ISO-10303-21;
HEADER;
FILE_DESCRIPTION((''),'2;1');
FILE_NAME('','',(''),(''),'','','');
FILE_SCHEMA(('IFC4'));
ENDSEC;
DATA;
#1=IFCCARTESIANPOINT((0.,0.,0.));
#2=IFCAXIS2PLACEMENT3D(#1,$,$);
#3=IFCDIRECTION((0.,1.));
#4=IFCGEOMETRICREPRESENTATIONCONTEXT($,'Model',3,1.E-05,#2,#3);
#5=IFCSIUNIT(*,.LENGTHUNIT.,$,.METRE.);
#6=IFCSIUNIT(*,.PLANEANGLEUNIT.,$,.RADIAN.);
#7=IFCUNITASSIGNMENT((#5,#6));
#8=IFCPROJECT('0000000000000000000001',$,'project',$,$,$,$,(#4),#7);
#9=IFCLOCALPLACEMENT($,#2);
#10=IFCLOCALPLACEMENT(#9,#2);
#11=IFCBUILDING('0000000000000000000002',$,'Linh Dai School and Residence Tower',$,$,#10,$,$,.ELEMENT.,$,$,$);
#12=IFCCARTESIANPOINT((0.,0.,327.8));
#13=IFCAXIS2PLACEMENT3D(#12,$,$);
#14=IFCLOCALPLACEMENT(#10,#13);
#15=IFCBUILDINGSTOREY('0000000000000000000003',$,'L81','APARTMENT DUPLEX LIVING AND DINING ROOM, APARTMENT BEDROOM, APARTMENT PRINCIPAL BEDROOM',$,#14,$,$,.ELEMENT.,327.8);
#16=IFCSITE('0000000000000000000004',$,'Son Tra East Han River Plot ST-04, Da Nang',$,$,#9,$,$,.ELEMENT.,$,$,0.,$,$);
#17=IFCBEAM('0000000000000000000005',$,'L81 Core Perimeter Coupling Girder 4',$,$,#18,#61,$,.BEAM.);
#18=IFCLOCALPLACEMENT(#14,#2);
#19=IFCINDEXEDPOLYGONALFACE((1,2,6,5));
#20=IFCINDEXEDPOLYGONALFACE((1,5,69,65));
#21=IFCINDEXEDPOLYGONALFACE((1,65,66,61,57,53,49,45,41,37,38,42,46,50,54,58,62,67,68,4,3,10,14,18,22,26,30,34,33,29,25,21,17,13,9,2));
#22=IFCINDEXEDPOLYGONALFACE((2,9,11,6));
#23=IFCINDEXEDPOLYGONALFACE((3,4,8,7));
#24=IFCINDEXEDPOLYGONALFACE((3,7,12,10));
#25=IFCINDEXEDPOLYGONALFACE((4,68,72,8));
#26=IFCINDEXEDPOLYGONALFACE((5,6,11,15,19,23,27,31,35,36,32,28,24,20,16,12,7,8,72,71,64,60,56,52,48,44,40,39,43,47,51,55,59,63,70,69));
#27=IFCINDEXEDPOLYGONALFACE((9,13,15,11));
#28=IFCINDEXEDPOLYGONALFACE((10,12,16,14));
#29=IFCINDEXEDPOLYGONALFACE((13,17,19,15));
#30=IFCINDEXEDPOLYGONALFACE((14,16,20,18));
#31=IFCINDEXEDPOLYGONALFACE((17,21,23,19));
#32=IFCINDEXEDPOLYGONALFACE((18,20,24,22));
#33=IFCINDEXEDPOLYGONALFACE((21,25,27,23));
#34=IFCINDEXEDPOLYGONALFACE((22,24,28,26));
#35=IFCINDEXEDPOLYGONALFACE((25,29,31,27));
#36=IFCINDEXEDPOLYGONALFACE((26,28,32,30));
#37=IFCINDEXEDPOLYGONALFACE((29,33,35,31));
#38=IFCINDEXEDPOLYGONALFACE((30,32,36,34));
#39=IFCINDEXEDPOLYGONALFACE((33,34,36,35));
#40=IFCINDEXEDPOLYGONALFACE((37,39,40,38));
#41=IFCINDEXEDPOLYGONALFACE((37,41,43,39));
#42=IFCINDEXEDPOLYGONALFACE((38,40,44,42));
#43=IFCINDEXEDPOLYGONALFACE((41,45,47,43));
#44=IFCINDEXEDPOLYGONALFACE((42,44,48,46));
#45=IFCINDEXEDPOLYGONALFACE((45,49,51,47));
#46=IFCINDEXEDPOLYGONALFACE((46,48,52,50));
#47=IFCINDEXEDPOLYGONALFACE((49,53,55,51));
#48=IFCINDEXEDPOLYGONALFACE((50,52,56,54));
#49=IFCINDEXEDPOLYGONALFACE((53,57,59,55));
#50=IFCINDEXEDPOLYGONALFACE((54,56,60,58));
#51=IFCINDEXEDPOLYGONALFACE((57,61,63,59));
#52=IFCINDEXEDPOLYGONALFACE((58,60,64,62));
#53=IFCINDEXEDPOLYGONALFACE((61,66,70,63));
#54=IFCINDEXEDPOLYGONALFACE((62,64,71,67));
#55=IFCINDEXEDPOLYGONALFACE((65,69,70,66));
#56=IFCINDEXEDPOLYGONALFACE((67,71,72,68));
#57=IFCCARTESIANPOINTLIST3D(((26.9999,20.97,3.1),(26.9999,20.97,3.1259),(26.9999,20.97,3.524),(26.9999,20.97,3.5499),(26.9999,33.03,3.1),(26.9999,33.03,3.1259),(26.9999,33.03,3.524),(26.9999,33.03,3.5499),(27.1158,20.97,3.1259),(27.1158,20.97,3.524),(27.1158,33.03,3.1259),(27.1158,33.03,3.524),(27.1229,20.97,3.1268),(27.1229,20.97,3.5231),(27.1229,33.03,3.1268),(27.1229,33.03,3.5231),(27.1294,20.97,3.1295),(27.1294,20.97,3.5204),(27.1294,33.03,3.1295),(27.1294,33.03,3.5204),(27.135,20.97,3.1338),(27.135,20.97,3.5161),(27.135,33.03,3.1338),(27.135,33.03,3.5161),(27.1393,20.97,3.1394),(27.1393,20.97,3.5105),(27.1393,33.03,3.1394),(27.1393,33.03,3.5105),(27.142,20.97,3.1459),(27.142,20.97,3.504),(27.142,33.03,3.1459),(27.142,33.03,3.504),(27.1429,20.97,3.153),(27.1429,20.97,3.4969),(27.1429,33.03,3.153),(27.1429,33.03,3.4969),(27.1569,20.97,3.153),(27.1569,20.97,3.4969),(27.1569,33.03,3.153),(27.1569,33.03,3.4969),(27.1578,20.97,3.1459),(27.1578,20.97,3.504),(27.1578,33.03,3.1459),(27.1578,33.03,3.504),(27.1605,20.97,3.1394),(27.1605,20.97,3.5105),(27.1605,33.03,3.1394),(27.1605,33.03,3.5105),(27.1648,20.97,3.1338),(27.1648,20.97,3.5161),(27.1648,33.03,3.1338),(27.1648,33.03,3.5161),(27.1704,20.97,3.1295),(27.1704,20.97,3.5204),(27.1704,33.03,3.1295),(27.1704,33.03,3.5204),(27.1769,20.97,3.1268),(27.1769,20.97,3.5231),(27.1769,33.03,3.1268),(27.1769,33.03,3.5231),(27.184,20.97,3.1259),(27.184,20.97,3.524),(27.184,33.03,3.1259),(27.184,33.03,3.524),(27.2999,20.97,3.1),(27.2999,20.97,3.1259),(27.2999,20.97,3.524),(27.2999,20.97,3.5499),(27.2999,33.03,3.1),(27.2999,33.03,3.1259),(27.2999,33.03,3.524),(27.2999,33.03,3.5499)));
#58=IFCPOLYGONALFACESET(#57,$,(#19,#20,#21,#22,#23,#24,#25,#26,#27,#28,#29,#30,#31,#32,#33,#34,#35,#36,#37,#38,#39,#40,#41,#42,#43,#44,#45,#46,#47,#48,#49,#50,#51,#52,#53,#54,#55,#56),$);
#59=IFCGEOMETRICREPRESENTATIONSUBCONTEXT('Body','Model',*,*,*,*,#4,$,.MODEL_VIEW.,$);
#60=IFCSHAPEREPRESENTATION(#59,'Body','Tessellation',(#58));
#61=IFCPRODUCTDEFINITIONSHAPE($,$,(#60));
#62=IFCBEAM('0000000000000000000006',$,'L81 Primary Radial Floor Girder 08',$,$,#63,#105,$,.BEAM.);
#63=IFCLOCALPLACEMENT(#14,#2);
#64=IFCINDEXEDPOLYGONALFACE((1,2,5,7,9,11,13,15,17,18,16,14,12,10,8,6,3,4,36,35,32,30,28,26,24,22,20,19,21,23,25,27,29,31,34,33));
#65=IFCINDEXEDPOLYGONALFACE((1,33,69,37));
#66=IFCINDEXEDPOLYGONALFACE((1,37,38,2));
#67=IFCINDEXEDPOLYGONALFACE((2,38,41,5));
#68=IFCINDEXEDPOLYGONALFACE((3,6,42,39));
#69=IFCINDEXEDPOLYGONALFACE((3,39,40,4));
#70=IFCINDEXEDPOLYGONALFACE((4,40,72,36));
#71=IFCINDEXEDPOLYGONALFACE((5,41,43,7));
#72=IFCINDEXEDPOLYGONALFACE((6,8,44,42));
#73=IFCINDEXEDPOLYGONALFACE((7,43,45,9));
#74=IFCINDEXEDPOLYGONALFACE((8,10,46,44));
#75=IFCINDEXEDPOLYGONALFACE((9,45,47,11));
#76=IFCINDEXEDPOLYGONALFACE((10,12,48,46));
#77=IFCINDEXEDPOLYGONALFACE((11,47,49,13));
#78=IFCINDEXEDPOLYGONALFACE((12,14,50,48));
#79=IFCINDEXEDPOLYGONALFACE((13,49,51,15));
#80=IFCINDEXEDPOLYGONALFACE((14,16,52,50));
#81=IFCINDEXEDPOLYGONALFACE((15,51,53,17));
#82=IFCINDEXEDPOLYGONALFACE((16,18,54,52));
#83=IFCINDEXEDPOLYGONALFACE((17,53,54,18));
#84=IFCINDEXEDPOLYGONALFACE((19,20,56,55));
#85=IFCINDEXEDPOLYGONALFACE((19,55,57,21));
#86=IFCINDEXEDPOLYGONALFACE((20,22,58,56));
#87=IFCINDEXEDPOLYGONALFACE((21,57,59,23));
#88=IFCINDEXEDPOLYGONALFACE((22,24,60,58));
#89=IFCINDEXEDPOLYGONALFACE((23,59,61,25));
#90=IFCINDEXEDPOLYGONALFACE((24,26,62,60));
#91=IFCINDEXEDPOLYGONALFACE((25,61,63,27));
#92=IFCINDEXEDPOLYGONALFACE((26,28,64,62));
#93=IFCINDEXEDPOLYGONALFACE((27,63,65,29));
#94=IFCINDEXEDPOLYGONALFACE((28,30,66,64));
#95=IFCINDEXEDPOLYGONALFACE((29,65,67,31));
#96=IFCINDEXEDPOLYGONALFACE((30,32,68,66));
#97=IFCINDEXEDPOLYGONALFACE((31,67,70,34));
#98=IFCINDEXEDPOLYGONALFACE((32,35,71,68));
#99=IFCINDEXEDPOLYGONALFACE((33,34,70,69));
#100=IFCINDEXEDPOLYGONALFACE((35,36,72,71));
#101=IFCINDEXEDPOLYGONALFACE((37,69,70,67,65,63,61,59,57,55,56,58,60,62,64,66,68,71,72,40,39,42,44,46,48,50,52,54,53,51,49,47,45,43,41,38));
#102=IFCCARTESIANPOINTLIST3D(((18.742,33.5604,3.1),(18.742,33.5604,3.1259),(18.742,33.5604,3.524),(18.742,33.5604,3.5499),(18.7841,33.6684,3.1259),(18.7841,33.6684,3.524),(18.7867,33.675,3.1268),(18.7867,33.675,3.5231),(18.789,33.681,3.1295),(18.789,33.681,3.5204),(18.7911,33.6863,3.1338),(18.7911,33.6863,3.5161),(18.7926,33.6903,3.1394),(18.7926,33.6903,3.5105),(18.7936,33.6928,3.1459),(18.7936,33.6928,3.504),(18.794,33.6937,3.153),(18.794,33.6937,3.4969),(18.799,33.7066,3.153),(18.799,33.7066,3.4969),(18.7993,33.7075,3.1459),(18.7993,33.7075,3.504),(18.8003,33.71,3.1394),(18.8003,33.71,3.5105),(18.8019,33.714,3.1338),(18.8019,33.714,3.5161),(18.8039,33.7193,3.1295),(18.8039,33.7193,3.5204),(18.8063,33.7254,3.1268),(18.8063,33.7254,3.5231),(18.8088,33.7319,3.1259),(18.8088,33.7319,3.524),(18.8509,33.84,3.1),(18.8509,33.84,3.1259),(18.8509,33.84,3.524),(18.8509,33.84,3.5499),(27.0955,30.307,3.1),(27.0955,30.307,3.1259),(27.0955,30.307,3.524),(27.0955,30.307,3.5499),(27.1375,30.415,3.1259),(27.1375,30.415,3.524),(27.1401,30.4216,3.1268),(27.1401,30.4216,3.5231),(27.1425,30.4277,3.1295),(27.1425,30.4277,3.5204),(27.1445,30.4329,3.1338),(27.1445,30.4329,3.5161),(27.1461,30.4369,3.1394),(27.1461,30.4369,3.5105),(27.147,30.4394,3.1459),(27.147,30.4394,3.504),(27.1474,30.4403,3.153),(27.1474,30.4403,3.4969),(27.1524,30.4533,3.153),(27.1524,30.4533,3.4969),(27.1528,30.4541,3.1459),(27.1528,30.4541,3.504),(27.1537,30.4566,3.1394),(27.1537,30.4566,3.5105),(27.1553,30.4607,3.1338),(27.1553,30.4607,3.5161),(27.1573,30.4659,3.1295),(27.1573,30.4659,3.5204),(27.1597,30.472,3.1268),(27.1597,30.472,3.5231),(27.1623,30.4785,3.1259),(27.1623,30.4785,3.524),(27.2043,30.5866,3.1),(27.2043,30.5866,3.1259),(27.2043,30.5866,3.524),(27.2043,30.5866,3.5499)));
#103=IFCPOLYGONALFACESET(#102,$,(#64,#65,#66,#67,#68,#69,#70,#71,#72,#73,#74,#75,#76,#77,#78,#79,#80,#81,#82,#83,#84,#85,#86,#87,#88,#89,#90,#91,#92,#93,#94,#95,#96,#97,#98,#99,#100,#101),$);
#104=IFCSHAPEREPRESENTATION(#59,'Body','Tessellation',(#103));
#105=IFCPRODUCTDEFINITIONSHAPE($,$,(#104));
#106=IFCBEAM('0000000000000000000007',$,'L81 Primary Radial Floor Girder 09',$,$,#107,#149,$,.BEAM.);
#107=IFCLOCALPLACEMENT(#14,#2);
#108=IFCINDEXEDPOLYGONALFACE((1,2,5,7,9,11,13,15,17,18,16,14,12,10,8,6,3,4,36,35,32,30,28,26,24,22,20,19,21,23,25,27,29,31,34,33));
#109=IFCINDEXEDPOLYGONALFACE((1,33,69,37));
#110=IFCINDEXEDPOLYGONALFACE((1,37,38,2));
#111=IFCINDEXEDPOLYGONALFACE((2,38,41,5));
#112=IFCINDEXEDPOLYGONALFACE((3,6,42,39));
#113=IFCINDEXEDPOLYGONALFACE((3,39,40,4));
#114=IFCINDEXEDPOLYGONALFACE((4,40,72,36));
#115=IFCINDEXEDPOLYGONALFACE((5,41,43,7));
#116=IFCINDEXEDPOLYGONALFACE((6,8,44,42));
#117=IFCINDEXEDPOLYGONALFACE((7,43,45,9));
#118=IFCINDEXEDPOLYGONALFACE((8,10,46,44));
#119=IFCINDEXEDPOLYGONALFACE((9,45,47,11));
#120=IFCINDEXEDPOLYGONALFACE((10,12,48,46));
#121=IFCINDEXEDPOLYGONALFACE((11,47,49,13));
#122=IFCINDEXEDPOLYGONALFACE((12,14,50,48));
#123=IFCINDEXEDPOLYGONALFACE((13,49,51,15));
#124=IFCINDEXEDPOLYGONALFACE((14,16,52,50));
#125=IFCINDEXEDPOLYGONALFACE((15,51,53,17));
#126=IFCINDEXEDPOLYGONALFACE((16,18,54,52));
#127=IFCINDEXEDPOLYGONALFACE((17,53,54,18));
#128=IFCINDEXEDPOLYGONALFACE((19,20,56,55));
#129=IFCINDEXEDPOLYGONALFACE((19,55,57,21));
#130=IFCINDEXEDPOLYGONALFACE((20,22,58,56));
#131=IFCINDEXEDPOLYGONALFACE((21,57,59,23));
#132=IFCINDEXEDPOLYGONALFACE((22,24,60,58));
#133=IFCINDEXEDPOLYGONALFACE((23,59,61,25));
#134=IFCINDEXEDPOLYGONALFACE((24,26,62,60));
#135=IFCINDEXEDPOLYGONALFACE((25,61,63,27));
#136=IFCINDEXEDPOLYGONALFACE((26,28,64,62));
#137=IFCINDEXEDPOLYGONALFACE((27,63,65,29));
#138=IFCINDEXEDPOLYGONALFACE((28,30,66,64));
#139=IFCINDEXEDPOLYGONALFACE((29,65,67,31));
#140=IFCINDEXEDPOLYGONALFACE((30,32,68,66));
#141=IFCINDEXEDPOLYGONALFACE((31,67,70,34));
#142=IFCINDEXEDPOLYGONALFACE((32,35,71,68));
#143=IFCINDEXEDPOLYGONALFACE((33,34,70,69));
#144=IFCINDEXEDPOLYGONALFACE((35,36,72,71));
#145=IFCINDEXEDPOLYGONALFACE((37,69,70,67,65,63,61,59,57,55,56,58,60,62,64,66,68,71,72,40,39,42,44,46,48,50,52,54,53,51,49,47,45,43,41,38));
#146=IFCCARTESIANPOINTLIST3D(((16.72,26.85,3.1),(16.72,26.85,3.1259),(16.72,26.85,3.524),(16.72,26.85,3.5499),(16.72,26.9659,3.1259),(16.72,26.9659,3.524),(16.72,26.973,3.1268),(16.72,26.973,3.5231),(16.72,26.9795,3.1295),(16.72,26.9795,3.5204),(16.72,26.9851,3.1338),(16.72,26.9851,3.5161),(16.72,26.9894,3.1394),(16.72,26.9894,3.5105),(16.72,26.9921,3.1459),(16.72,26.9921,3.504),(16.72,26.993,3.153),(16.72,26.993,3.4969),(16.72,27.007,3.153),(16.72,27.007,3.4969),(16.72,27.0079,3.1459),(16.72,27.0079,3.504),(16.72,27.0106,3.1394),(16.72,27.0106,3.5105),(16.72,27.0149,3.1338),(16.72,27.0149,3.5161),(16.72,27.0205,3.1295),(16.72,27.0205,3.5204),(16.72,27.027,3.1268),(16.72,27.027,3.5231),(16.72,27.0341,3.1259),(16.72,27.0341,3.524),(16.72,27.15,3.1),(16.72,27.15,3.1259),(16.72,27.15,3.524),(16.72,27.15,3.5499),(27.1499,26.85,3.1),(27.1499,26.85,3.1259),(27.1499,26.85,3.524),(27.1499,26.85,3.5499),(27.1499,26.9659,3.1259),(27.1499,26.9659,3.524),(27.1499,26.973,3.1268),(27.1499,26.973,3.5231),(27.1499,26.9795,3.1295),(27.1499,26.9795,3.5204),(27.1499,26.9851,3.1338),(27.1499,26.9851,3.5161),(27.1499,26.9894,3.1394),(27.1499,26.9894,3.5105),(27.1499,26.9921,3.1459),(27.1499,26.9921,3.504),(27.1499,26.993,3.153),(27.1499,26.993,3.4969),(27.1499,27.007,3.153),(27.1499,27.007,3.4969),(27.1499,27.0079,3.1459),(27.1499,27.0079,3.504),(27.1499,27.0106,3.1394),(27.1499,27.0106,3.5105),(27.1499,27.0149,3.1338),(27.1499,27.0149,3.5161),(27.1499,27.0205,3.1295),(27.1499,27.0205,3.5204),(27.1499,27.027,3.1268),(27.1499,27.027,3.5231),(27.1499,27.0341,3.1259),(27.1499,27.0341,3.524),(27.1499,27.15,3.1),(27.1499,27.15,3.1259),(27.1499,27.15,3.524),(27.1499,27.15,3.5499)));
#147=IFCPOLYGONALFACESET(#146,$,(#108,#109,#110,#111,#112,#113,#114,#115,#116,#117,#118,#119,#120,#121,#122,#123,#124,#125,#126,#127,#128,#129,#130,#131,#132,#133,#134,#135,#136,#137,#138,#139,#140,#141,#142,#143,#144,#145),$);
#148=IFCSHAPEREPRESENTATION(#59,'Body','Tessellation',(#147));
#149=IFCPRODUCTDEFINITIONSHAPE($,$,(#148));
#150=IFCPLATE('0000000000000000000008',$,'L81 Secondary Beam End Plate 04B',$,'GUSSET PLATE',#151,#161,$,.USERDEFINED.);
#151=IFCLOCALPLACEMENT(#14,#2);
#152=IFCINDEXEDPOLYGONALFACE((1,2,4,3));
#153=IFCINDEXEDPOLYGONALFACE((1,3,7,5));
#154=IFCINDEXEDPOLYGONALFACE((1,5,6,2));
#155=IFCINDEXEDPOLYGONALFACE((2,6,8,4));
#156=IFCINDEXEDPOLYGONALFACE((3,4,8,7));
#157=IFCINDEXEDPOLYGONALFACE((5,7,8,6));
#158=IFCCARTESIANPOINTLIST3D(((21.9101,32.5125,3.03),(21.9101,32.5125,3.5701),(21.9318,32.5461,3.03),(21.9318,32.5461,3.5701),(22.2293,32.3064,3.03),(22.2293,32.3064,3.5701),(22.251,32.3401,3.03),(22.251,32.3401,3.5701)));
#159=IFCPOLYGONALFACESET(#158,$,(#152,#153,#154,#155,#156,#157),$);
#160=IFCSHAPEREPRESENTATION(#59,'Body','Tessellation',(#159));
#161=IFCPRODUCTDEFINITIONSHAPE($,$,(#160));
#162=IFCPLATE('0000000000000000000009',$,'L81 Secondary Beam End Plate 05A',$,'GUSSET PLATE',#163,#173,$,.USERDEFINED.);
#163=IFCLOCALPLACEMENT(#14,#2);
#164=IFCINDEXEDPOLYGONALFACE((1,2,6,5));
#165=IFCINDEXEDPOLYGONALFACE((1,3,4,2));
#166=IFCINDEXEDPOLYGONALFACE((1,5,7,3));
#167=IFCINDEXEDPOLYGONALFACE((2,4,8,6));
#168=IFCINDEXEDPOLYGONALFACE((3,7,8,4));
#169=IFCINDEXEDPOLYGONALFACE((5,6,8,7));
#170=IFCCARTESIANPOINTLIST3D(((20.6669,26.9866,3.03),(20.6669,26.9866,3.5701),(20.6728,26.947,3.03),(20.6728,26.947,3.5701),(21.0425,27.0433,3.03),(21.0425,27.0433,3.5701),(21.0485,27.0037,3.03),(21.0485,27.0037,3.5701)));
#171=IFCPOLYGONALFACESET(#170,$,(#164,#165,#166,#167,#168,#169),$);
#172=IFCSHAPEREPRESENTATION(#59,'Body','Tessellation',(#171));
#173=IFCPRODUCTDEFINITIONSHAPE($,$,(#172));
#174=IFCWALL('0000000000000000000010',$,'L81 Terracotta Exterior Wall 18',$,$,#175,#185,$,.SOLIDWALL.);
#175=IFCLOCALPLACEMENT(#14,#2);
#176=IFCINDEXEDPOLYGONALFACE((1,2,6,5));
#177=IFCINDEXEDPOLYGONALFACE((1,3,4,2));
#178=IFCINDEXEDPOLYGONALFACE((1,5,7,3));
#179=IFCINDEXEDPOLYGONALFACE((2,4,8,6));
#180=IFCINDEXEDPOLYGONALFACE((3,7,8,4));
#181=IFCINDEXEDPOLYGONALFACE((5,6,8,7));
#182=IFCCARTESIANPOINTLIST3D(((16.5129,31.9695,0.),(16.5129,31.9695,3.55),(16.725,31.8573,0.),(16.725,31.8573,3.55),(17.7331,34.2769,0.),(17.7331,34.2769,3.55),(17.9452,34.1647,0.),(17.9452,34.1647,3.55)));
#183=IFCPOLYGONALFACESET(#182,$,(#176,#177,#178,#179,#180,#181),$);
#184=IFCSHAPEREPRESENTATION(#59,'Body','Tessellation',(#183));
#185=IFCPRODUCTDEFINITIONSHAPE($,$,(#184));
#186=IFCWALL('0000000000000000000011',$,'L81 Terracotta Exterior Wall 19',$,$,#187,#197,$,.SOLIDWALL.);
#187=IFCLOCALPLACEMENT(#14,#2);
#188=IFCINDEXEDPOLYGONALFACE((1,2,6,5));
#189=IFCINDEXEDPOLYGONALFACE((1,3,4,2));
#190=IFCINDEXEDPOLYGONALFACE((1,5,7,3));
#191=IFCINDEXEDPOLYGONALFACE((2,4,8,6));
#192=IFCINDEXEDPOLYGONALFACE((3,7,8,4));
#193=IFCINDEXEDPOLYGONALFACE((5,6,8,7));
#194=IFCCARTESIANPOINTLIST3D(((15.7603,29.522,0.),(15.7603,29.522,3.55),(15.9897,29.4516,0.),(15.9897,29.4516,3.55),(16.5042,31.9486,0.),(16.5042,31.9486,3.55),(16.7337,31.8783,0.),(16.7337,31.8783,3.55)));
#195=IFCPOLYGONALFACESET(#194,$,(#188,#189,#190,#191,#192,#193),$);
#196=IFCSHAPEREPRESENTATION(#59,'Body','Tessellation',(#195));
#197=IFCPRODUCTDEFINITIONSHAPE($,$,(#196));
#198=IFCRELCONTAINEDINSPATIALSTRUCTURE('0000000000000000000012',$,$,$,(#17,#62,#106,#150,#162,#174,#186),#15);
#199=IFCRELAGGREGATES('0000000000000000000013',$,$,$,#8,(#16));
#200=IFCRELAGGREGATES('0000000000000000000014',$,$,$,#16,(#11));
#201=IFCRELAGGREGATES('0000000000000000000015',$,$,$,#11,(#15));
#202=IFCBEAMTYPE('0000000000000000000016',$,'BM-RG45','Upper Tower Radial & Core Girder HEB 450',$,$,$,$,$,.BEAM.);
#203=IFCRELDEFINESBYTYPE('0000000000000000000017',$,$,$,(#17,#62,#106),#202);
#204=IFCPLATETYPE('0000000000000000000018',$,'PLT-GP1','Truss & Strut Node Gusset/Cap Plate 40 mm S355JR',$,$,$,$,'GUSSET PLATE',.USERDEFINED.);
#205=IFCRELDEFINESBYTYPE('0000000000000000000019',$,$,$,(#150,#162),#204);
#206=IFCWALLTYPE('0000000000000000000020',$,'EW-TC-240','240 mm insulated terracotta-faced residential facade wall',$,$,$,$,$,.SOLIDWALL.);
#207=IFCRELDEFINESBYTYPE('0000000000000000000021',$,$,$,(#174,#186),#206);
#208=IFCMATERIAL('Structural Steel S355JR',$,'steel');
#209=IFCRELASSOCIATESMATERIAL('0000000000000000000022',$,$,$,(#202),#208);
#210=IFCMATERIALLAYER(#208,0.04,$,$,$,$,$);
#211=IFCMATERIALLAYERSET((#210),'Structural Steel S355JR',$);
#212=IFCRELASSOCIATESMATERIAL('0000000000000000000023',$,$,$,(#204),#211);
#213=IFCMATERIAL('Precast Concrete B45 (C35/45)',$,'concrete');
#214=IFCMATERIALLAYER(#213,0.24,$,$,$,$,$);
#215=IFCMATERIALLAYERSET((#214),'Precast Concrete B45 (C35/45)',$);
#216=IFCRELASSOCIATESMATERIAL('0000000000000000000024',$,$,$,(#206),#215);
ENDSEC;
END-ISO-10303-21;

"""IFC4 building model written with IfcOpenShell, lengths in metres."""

from ifc_helpers import new_model, si_unit, direction, frame, frame_2d, origin, origin_2d, place, context, subcontext, project, spatial, rectangle, i_section, extrude, source, transform, mapped, material, layer, layer_set, material_profile, profile_set, type_object, element, save


model = new_model("IFC4")

# Units and contexts
model_context = context("Model", 3, precision=1e-05, world=origin(), true_north=direction((0.0, 1.0)))
body_context = subcontext(model_context, "Body", "Model", "MODEL_VIEW")
ifc_project = project(units=[si_unit("LENGTHUNIT", "METRE"), si_unit("PLANEANGLEUNIT", "RADIAN")], contexts=[model_context])

# Site, building, storey
site_placement = place(None, origin())
site = spatial("IfcSite", under=ifc_project, at=site_placement, Name="Son Tra East Han River Plot ST-04, Da Nang", CompositionType="ELEMENT", RefElevation=0.0)
building_placement = place(site_placement, origin())
building = spatial("IfcBuilding", under=site, at=building_placement, Name="Linh Dai School and Residence Tower", CompositionType="ELEMENT")
storey_placement = place(building_placement, frame((0.0, 0.0, 327.8)))
storey = spatial("IfcBuildingStorey", under=building, at=storey_placement, Name="L81", Description="APARTMENT DUPLEX LIVING AND DINING ROOM, APARTMENT BEDROOM, APARTMENT PRINCIPAL BEDROOM", CompositionType="ELEMENT", Elevation=327.8)

# Shared definitions
ifc_material_1 = material(Name="Structural Steel S355JR", Category="steel")

# Beams
ifc_material_profile_1 = material_profile(ifc_material_1, i_section(OverallWidth=0.3, OverallDepth=0.45, WebThickness=0.0139, FlangeThickness=0.0259, FilletRadius=0.0271, at=origin_2d()), Name="HEB 450")
ifc_profile_set_1 = profile_set([ifc_material_profile_1], Name="Structural Steel S355JR")
beam_type_1 = type_object("IfcBeamType", Name="BM-RG45", Description="Upper Tower Radial & Core Girder HEB 450", PredefinedType="BEAM", material=ifc_profile_set_1)
beam_1_placement = place(storey_placement, frame((27.1499, 33.03, 3.325), z_axis=(0.0, -1.0, 0.0), x_axis=(1.0, 0.0, 0.0)))
element("IfcBeam", 1, at=beam_1_placement, inside=storey, type_object=beam_type_1, Name="L81 Core Perimeter Coupling Girder 4", PredefinedType="BEAM", context=body_context, shape_type="SweptSolid", body=[
    extrude(i_section(OverallWidth=0.3, OverallDepth=0.45, WebThickness=0.0139, FlangeThickness=0.0259, FilletRadius=0.0271, at=origin_2d()), origin(), (0.0, 0.0, 1.0), 12.0601),
])
beam_2_placement = place(storey_placement, frame((27.1499, 30.4468, 3.325), z_axis=(-0.931823, 0.362914, 0.0), x_axis=(-0.362914, -0.931823, 0.0)))
element("IfcBeam", 2, at=beam_2_placement, inside=storey, type_object=beam_type_1, Name="L81 Primary Radial Floor Girder 08", PredefinedType="BEAM", context=body_context, shape_type="SweptSolid", body=[
    extrude(i_section(OverallWidth=0.3, OverallDepth=0.45, WebThickness=0.0139, FlangeThickness=0.0259, FilletRadius=0.0271, at=origin_2d()), origin(), (0.0, 0.0, 1.0), 8.9646),
])
beam_3_placement = place(storey_placement, frame((27.1499, 27.0, 3.325), z_axis=(-1.0, 0.0, 0.0), x_axis=(0.0, -1.0, 0.0)))
element("IfcBeam", 3, at=beam_3_placement, inside=storey, type_object=beam_type_1, Name="L81 Primary Radial Floor Girder 09", PredefinedType="BEAM", context=body_context, shape_type="SweptSolid", body=[
    extrude(i_section(OverallWidth=0.3, OverallDepth=0.45, WebThickness=0.0139, FlangeThickness=0.0259, FilletRadius=0.0271, at=origin_2d()), origin(), (0.0, 0.0, 1.0), 10.4299),
])

# Plates
ifc_layer_1 = layer(ifc_material_1, 0.04)
ifc_layer_set_1 = layer_set([ifc_layer_1], Name="Structural Steel S355JR")
plate_type = type_object("IfcPlateType", Name="PLT-GP1", Description="Truss & Strut Node Gusset/Cap Plate 40 mm S355JR", ElementType="GUSSET PLATE", PredefinedType="USERDEFINED", material=ifc_layer_set_1)
shared_shape_1 = source(origin(), body_context, "Body", "SweptSolid", [
    extrude(rectangle(XDim=0.04, YDim=0.3799, at=origin_2d()), origin(), (0.0, 0.0, 1.0), 0.54),
])
for number, where, z_axis, x_axis, name in (
    (4, (22.0806, 32.4263, 3.03), (0.0, 0.0, 1.0), (-0.542322, -0.840171, 0.0), "L81 Secondary Beam End Plate 04B"),
    (5, (20.8577, 26.9951, 3.03), (0.0, 0.0, 1.0), (0.149196, -0.988808, 0.0), "L81 Secondary Beam End Plate 05A"),
):
    element("IfcPlate", number, at=place(storey_placement, frame(where, z_axis=z_axis, x_axis=x_axis)), inside=storey, type_object=plate_type, Name=name, ObjectType="GUSSET PLATE", PredefinedType="USERDEFINED", context=body_context, shape_type="MappedRepresentation", body=[
        mapped(shared_shape_1, transform((0.0, 0.0, 0.0), x_axis=(1.0, 0.0, 0.0), y_axis=(0.0, 1.0, 0.0), z_axis=(0.0, 0.0, 1.0), scale=1.0)),
    ])

# Walls
ifc_material_2 = material(Name="Precast Concrete B45 (C35/45)", Category="concrete")
ifc_layer_2 = layer(ifc_material_2, 0.24)
ifc_layer_set_2 = layer_set([ifc_layer_2], Name="Precast Concrete B45 (C35/45)")
wall_type_1 = type_object("IfcWallType", Name="EW-TC-240", Description="240 mm insulated terracotta-faced residential facade wall", PredefinedType="SOLIDWALL", material=ifc_layer_set_2)
wall_1_placement = place(storey_placement, frame((16.6189, 31.9133, 0.0), z_axis=(0.0, 0.0, 1.0), x_axis=(0.467488, 0.883999, 0.0)))
element("IfcWall", 6, at=wall_1_placement, inside=storey, type_object=wall_type_1, Name="L81 Terracotta Exterior Wall 18", PredefinedType="SOLIDWALL", context=body_context, shape_type="SweptSolid", body=[
    extrude(rectangle(XDim=2.6101, YDim=0.24, at=frame_2d((1.3052, 0.0))), origin(), (0.0, 0.0, 1.0), 3.55),
])
wall_2_placement = place(storey_placement, frame((15.875, 29.4868, 0.0), z_axis=(0.0, 0.0, 1.0), x_axis=(0.293106, 0.95608, 0.0)))
element("IfcWall", 7, at=wall_2_placement, inside=storey, type_object=wall_type_1, Name="L81 Terracotta Exterior Wall 19", PredefinedType="SOLIDWALL", context=body_context, shape_type="SweptSolid", body=[
    extrude(rectangle(XDim=2.5381, YDim=0.24, at=frame_2d((1.269, 0.0))), origin(), (0.0, 0.0, 1.0), 3.55),
])

save(model, "model.ifc")
